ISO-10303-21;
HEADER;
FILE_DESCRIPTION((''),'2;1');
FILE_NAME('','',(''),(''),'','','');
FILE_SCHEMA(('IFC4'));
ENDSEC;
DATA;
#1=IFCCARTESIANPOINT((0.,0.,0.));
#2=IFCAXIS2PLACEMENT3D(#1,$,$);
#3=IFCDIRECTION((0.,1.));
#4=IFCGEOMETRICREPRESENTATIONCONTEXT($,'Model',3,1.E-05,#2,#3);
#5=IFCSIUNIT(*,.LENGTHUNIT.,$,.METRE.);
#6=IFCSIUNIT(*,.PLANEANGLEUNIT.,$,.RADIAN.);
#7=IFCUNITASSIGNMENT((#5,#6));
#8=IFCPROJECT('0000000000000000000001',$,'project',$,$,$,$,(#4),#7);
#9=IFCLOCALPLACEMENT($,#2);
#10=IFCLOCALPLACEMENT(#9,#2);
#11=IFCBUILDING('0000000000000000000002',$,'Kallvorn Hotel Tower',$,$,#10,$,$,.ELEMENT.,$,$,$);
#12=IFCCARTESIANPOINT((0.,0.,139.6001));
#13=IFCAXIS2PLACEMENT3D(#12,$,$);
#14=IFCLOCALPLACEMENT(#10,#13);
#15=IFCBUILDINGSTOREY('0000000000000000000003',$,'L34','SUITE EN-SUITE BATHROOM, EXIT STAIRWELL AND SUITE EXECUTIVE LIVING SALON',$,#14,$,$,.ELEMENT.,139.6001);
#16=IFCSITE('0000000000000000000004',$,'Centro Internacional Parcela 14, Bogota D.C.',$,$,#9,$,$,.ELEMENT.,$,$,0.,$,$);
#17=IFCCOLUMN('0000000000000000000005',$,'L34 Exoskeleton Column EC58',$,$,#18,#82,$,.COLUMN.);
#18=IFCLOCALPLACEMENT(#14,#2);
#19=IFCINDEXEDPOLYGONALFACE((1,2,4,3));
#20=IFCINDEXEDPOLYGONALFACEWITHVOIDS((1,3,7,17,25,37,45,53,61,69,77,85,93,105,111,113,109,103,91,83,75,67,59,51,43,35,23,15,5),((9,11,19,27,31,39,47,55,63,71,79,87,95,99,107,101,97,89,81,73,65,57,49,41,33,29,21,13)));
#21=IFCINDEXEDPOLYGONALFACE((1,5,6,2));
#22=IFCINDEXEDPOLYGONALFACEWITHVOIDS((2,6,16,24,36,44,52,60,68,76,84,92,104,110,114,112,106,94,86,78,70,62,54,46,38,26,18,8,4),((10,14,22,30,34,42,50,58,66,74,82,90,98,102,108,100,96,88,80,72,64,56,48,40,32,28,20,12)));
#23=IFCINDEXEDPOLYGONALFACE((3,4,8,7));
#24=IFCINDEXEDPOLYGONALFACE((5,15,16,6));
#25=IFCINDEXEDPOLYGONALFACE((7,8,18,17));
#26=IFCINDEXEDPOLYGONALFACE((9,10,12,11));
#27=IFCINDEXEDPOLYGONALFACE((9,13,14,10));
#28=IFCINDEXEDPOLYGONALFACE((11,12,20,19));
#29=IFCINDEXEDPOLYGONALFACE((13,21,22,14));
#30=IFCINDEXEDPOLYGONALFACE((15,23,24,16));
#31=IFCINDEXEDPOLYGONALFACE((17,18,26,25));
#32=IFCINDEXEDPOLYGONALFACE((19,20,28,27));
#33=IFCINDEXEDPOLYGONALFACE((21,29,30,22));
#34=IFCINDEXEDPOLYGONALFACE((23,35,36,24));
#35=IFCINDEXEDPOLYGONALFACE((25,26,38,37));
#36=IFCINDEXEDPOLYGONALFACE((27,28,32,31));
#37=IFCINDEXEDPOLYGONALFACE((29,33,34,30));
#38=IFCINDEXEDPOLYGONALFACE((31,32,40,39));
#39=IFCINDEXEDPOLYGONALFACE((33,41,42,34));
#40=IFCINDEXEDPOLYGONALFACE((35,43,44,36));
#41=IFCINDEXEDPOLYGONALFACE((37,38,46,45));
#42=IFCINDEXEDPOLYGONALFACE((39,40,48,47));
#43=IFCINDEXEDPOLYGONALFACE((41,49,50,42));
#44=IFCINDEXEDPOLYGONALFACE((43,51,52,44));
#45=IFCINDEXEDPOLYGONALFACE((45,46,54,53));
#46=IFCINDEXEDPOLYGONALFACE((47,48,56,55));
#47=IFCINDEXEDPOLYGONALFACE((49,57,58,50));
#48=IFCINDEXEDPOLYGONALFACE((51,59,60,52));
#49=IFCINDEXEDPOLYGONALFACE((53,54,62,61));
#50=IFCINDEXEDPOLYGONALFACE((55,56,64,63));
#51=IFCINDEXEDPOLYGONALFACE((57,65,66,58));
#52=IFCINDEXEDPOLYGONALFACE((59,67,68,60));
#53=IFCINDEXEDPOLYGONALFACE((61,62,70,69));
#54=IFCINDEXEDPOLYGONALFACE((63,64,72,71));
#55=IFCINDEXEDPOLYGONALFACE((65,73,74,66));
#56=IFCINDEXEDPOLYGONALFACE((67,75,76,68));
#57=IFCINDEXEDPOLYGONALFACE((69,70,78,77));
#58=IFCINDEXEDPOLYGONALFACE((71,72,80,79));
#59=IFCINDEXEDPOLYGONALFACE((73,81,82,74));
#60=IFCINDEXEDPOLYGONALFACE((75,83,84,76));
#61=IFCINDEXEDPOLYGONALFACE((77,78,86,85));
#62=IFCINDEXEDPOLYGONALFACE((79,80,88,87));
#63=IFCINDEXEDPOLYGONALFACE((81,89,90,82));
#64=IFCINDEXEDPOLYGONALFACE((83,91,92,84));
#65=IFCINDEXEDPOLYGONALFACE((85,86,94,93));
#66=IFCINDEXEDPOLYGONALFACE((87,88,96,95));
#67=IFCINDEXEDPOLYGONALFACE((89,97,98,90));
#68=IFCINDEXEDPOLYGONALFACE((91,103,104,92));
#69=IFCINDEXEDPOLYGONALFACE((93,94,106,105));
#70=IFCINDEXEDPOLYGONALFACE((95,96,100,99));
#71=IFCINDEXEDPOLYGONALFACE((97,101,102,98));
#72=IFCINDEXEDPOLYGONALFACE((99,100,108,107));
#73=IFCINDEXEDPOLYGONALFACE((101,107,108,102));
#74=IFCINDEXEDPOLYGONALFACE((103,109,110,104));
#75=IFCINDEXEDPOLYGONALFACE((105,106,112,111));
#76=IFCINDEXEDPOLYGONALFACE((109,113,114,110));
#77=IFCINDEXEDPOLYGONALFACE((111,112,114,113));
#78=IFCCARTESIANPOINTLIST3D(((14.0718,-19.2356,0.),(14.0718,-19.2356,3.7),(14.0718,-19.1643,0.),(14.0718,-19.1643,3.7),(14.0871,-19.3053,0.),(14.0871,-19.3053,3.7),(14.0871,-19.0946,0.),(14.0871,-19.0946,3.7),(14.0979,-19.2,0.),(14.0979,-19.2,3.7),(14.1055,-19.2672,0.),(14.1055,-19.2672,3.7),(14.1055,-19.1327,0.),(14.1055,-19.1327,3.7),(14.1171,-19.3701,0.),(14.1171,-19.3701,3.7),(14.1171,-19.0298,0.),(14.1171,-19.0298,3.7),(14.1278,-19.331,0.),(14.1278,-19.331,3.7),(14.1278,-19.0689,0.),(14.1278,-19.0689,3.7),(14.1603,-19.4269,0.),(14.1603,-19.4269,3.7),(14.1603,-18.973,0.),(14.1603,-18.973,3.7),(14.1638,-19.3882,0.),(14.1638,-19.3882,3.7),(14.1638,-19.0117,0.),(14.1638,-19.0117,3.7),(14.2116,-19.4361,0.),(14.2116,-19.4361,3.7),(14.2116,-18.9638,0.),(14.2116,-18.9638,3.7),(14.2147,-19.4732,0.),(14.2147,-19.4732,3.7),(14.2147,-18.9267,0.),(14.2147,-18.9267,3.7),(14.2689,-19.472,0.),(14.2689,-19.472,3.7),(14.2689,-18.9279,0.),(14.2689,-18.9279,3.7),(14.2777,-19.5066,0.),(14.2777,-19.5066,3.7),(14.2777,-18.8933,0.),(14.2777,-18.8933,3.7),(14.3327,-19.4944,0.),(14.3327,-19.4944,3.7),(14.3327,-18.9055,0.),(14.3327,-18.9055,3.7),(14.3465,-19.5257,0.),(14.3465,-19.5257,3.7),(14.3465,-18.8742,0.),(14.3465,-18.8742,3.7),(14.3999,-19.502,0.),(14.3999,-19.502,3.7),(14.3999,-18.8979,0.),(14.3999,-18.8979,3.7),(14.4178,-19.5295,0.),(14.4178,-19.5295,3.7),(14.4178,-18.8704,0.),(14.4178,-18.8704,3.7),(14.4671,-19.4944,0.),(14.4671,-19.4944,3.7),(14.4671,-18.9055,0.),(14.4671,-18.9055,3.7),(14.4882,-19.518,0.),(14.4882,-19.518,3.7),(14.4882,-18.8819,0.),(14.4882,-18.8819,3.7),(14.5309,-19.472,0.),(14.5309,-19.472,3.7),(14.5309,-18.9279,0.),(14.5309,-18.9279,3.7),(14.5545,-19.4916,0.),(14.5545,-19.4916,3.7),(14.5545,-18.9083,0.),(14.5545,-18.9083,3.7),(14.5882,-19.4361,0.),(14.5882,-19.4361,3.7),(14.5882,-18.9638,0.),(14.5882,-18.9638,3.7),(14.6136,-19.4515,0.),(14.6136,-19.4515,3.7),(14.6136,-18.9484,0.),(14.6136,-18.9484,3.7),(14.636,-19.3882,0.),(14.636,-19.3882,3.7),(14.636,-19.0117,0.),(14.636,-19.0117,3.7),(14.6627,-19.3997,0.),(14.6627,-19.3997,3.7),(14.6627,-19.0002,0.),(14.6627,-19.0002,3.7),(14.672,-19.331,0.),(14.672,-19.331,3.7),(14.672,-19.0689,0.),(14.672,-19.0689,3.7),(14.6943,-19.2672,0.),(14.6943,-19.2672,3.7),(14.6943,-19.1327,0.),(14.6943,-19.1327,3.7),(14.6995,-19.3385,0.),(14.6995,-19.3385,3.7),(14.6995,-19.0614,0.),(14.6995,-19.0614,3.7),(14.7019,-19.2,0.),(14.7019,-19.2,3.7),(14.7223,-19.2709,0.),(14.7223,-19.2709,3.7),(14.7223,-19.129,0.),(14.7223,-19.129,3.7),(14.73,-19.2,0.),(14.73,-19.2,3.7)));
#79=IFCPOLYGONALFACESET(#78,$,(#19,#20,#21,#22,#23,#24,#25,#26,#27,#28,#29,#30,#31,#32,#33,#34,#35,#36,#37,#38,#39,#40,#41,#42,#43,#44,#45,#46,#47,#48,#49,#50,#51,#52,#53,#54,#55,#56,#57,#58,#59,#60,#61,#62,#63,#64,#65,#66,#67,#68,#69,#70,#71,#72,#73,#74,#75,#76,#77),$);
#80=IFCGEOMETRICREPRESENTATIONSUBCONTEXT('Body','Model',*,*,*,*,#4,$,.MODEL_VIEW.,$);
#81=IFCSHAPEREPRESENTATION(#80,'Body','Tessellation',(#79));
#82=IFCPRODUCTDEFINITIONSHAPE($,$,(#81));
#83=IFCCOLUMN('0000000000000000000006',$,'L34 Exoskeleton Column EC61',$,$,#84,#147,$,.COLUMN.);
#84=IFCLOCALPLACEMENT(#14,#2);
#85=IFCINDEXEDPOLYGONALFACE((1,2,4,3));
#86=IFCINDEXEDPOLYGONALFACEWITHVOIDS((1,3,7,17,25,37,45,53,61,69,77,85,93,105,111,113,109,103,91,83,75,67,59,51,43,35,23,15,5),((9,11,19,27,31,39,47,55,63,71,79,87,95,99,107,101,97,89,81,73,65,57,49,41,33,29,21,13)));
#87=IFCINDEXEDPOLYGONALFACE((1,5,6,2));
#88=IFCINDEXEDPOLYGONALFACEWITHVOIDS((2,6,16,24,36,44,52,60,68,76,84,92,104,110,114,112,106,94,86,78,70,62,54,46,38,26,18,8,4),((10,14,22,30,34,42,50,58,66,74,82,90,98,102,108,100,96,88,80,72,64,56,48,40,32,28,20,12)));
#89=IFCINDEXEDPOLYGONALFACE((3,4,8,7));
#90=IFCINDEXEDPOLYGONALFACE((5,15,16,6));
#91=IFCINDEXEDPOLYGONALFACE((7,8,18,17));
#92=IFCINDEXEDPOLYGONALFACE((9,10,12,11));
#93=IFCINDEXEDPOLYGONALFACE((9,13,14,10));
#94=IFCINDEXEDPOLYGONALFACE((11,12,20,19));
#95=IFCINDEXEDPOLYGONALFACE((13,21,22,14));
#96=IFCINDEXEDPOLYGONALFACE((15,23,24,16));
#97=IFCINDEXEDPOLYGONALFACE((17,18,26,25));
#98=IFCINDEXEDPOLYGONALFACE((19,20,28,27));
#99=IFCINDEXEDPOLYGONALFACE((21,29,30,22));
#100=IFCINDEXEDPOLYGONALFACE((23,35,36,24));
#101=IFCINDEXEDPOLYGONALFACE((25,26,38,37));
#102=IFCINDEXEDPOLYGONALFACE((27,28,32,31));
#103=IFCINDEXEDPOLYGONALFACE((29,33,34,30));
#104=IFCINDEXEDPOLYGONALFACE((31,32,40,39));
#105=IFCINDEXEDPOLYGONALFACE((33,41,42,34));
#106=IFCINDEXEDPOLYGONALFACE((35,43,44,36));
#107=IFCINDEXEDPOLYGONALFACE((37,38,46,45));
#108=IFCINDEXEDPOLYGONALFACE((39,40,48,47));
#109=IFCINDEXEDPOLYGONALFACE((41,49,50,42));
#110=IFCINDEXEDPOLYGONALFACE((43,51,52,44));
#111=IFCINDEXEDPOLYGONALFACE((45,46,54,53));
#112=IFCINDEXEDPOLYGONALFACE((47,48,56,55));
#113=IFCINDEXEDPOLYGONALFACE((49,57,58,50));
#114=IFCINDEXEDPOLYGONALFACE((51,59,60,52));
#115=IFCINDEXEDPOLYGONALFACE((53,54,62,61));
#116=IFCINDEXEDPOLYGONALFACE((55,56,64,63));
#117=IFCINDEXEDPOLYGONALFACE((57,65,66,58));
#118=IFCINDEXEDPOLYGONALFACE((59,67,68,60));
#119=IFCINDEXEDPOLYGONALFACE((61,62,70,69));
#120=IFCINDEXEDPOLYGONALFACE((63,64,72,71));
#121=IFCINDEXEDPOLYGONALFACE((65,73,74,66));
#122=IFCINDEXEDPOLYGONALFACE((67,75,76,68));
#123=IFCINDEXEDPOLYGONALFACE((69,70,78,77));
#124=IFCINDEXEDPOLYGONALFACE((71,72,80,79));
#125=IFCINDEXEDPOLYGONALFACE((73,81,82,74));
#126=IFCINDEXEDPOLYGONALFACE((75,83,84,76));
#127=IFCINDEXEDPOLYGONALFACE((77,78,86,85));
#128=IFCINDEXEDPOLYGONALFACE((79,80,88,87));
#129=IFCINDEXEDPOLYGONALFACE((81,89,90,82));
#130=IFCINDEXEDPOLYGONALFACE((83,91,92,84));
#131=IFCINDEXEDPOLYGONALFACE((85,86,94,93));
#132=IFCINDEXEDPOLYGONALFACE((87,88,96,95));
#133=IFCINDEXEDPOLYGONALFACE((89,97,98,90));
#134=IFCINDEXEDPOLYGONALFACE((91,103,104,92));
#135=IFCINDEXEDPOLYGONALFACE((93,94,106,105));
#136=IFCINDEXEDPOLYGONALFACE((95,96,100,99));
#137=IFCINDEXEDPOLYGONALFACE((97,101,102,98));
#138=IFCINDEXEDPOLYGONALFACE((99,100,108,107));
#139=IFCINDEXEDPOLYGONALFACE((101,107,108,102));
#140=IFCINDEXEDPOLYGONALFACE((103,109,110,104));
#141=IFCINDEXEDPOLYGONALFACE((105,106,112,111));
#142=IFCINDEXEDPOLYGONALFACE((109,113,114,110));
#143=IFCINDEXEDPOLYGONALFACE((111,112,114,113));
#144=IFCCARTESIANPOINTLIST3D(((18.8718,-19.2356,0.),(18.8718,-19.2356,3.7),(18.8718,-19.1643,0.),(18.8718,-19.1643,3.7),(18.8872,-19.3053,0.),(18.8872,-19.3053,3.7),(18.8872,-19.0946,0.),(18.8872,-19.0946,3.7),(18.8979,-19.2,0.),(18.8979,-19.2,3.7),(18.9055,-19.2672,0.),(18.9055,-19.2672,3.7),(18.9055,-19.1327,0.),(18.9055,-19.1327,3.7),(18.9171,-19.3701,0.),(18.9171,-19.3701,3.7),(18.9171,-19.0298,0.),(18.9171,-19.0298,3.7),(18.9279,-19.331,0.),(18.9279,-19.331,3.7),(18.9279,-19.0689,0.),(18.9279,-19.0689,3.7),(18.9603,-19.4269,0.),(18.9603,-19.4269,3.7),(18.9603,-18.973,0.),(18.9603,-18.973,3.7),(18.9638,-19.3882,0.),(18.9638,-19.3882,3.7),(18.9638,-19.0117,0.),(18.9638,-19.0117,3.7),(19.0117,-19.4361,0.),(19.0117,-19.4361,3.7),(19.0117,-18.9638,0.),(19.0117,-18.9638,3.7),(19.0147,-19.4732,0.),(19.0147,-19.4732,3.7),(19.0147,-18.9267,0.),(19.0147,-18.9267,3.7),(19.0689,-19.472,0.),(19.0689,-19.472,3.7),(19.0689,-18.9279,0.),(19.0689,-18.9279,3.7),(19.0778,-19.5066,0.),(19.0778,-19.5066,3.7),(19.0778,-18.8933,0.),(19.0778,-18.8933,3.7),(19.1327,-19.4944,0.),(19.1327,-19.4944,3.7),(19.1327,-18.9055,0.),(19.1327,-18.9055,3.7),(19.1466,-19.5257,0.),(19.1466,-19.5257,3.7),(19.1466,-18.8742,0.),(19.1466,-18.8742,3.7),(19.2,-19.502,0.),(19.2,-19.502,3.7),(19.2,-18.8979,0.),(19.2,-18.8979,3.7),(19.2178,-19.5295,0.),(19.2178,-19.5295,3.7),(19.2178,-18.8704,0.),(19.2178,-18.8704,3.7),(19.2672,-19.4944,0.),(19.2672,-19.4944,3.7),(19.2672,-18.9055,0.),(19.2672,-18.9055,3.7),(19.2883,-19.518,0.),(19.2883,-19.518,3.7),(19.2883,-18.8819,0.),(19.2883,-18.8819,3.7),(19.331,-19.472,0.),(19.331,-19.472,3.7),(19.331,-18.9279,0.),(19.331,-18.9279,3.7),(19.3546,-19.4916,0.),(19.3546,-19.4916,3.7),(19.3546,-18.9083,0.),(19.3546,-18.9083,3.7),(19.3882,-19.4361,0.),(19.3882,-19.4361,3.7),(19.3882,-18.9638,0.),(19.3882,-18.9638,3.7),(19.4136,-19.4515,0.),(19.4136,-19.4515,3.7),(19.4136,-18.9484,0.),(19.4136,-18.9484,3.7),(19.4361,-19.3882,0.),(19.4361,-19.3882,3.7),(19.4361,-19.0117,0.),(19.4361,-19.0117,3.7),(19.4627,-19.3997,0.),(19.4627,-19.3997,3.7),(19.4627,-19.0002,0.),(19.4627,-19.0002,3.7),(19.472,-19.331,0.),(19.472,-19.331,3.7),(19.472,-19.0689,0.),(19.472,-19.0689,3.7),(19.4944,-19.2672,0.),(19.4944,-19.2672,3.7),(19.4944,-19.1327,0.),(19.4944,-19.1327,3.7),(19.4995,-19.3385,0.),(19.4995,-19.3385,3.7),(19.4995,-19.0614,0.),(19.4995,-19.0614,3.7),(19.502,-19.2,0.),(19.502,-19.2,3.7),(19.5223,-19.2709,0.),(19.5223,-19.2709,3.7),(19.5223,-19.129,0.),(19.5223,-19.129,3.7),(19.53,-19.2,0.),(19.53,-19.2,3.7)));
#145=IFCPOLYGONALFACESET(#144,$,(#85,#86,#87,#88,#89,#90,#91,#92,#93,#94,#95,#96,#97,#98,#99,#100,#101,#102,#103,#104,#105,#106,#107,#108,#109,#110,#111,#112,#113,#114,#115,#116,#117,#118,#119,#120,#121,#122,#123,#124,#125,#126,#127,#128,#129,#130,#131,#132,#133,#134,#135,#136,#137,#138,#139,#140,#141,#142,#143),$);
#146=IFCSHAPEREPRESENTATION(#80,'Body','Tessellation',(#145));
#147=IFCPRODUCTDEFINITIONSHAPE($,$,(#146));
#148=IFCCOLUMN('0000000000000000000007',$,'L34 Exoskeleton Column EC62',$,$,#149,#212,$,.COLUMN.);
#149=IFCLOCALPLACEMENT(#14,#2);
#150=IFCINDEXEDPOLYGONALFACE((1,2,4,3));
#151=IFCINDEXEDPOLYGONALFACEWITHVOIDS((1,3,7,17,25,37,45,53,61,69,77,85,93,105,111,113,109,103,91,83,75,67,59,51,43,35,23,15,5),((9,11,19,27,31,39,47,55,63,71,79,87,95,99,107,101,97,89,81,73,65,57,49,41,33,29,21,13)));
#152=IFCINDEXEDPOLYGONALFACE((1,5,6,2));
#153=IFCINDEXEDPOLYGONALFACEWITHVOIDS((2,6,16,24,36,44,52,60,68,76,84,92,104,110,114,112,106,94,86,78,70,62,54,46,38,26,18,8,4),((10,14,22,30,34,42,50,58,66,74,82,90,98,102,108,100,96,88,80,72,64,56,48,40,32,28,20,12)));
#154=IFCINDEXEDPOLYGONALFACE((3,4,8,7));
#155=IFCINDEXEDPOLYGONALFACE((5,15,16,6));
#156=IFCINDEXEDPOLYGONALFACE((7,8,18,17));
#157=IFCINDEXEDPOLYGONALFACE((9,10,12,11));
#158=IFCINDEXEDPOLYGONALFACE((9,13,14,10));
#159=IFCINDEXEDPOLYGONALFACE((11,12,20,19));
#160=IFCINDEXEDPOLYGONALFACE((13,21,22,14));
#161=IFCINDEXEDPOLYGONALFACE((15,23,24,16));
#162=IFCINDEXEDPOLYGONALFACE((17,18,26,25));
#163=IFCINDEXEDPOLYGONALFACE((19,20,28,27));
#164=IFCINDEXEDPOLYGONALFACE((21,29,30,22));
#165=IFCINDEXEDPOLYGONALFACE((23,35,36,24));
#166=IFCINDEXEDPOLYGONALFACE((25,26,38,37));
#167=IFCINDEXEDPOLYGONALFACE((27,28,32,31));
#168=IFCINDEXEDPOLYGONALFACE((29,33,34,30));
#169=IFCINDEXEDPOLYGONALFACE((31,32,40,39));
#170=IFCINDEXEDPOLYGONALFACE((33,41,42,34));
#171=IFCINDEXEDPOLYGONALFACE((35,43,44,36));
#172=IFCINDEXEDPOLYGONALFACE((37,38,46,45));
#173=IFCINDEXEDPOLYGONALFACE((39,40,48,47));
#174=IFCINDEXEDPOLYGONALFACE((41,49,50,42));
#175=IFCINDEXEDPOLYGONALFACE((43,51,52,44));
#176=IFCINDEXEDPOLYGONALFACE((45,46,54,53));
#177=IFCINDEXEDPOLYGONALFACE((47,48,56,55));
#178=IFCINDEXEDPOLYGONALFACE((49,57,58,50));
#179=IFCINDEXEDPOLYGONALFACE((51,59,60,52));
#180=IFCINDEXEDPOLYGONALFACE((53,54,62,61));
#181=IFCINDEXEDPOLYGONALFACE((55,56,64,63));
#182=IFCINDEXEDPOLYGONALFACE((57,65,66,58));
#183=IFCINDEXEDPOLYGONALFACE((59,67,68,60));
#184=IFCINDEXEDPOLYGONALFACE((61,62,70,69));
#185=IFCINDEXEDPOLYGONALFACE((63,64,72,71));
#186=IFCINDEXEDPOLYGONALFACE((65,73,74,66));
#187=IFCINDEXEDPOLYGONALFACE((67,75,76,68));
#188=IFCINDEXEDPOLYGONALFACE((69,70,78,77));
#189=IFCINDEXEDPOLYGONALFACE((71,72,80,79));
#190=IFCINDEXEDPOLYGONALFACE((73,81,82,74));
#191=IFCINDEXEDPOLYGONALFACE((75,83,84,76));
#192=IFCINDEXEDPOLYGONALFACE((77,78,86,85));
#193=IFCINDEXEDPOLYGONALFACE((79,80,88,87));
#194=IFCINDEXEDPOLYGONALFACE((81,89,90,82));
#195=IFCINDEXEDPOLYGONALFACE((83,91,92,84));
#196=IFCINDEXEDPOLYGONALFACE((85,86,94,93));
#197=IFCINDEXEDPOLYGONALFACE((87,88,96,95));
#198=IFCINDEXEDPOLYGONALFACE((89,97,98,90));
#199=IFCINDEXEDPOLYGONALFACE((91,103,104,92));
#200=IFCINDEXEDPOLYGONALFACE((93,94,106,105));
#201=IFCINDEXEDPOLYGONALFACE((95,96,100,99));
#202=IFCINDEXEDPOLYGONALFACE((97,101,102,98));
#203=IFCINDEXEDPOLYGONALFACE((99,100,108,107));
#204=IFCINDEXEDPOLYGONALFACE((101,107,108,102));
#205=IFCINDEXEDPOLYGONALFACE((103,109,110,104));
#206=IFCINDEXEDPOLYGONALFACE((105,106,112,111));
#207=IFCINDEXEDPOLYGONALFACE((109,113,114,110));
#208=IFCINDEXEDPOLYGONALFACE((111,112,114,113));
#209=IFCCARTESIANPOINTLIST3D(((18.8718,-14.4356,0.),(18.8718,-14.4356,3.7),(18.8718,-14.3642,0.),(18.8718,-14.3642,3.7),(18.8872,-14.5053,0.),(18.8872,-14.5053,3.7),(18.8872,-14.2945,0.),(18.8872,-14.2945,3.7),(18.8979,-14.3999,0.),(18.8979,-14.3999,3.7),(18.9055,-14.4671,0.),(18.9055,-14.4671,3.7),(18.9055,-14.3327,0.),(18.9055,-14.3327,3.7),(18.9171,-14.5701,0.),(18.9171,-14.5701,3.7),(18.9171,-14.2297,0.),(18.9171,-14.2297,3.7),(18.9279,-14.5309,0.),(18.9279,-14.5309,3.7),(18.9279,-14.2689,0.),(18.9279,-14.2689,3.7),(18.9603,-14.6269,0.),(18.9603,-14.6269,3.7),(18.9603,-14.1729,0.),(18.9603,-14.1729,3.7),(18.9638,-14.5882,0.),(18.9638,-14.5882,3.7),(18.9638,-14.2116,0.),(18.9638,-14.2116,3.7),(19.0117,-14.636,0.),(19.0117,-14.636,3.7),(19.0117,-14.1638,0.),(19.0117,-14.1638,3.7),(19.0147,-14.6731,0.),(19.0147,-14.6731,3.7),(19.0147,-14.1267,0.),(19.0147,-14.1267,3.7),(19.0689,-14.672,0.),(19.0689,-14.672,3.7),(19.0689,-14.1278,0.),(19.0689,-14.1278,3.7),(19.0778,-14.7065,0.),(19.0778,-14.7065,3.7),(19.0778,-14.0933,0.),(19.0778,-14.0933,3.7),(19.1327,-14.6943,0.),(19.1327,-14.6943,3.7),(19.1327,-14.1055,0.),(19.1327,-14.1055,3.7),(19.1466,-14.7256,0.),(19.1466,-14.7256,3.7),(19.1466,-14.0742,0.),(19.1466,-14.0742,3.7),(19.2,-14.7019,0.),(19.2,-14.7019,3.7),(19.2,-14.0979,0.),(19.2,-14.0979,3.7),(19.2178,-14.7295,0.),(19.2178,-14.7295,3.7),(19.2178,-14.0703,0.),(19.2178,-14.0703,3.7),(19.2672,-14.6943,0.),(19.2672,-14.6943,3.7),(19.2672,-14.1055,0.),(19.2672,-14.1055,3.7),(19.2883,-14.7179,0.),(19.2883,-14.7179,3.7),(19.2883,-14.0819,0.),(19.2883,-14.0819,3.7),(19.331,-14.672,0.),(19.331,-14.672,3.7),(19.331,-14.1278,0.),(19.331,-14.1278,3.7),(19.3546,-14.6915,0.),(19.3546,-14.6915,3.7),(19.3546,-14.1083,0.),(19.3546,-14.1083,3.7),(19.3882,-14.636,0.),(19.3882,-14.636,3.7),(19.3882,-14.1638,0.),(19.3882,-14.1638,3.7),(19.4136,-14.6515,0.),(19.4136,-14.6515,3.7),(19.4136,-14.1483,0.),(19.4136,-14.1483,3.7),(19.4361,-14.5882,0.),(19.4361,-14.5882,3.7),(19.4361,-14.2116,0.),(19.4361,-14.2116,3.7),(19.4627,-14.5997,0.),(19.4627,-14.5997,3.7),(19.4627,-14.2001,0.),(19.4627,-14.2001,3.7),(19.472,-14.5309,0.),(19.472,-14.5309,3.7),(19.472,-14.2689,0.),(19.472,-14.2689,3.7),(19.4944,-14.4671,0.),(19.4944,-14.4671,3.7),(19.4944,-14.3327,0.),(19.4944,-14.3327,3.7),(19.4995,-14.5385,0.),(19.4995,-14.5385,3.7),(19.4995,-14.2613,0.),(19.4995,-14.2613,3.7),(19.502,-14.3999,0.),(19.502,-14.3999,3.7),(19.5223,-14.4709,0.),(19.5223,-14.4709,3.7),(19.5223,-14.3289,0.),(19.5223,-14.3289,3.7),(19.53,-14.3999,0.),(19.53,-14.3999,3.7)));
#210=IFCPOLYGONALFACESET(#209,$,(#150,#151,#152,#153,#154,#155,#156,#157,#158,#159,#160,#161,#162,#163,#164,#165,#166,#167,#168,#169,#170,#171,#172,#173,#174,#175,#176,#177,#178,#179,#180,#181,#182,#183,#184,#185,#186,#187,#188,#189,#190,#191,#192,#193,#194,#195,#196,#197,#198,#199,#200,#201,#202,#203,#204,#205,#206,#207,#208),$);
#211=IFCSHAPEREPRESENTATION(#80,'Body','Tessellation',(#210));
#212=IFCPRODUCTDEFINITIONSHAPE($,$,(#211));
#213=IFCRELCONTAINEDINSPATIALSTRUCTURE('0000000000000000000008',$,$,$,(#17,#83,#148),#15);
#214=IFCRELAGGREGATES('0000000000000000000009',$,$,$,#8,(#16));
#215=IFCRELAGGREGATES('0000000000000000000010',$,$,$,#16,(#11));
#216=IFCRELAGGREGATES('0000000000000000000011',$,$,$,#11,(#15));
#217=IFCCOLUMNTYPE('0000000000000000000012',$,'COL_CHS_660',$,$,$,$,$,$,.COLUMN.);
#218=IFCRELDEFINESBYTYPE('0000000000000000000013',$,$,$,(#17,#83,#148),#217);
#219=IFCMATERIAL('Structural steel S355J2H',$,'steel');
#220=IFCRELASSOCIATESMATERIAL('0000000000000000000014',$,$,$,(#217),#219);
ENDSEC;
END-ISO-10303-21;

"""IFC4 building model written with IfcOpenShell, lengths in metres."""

from ifc_helpers import new_model, si_unit, direction, frame, origin, origin_2d, place, context, subcontext, project, spatial, hollow_circle, extrude, material, material_profile, profile_set, type_object, element, save


model = new_model("IFC4")

# Units and contexts
model_context = context("Model", 3, precision=1e-05, world=origin(), true_north=direction((0.0, 1.0)))
body_context = subcontext(model_context, "Body", "Model", "MODEL_VIEW")
ifc_project = project(units=[si_unit("LENGTHUNIT", "METRE"), si_unit("PLANEANGLEUNIT", "RADIAN")], contexts=[model_context])

# Site, building, storey
site_placement = place(None, origin())
site = spatial("IfcSite", under=ifc_project, at=site_placement, Name="Centro Internacional Parcela 14, Bogota D.C.", CompositionType="ELEMENT", RefElevation=0.0)
building_placement = place(site_placement, origin())
building = spatial("IfcBuilding", under=site, at=building_placement, Name="Kallvorn Hotel Tower", CompositionType="ELEMENT")
storey_placement = place(building_placement, frame((0.0, 0.0, 139.6001)))
storey = spatial("IfcBuildingStorey", under=building, at=storey_placement, Name="L34", Description="SUITE EN-SUITE BATHROOM, EXIT STAIRWELL AND SUITE EXECUTIVE LIVING SALON", CompositionType="ELEMENT", Elevation=139.6001)

# Columns
ifc_material_1 = material(Name="Structural steel S355J2H", Category="steel")
ifc_material_profile_1 = material_profile(ifc_material_1, hollow_circle(Radius=0.3301, WallThickness=0.0281, at=origin_2d()), Name="CHS 660x28")
ifc_profile_set_1 = profile_set([ifc_material_profile_1], Name="Structural steel S355J2H")
column_type_1 = type_object("IfcColumnType", Name="COL_CHS_660", PredefinedType="COLUMN", material=ifc_profile_set_1)
for number, where, z_axis, x_axis, name in (
    (1, (14.3999, -19.2, 0.0), (0.0, 0.0, 1.0), (1.0, 0.0, 0.0), "L34 Exoskeleton Column EC58"),
    (2, (19.2, -19.2, 0.0), (0.0, 0.0, 1.0), (1.0, 0.0, 0.0), "L34 Exoskeleton Column EC61"),
    (3, (19.2, -14.3999, 0.0), (0.0, 0.0, 1.0), (1.0, 0.0, 0.0), "L34 Exoskeleton Column EC62"),
):
    element("IfcColumn", number, at=place(storey_placement, frame(where, z_axis=z_axis, x_axis=x_axis)), inside=storey, type_object=column_type_1, Name=name, PredefinedType="COLUMN", context=body_context, shape_type="SweptSolid", body=[
        extrude(hollow_circle(Radius=0.3301, WallThickness=0.0281, at=origin_2d()), origin(), (0.0, 0.0, 1.0), 3.7),
    ])

save(model, "model.ifc")
